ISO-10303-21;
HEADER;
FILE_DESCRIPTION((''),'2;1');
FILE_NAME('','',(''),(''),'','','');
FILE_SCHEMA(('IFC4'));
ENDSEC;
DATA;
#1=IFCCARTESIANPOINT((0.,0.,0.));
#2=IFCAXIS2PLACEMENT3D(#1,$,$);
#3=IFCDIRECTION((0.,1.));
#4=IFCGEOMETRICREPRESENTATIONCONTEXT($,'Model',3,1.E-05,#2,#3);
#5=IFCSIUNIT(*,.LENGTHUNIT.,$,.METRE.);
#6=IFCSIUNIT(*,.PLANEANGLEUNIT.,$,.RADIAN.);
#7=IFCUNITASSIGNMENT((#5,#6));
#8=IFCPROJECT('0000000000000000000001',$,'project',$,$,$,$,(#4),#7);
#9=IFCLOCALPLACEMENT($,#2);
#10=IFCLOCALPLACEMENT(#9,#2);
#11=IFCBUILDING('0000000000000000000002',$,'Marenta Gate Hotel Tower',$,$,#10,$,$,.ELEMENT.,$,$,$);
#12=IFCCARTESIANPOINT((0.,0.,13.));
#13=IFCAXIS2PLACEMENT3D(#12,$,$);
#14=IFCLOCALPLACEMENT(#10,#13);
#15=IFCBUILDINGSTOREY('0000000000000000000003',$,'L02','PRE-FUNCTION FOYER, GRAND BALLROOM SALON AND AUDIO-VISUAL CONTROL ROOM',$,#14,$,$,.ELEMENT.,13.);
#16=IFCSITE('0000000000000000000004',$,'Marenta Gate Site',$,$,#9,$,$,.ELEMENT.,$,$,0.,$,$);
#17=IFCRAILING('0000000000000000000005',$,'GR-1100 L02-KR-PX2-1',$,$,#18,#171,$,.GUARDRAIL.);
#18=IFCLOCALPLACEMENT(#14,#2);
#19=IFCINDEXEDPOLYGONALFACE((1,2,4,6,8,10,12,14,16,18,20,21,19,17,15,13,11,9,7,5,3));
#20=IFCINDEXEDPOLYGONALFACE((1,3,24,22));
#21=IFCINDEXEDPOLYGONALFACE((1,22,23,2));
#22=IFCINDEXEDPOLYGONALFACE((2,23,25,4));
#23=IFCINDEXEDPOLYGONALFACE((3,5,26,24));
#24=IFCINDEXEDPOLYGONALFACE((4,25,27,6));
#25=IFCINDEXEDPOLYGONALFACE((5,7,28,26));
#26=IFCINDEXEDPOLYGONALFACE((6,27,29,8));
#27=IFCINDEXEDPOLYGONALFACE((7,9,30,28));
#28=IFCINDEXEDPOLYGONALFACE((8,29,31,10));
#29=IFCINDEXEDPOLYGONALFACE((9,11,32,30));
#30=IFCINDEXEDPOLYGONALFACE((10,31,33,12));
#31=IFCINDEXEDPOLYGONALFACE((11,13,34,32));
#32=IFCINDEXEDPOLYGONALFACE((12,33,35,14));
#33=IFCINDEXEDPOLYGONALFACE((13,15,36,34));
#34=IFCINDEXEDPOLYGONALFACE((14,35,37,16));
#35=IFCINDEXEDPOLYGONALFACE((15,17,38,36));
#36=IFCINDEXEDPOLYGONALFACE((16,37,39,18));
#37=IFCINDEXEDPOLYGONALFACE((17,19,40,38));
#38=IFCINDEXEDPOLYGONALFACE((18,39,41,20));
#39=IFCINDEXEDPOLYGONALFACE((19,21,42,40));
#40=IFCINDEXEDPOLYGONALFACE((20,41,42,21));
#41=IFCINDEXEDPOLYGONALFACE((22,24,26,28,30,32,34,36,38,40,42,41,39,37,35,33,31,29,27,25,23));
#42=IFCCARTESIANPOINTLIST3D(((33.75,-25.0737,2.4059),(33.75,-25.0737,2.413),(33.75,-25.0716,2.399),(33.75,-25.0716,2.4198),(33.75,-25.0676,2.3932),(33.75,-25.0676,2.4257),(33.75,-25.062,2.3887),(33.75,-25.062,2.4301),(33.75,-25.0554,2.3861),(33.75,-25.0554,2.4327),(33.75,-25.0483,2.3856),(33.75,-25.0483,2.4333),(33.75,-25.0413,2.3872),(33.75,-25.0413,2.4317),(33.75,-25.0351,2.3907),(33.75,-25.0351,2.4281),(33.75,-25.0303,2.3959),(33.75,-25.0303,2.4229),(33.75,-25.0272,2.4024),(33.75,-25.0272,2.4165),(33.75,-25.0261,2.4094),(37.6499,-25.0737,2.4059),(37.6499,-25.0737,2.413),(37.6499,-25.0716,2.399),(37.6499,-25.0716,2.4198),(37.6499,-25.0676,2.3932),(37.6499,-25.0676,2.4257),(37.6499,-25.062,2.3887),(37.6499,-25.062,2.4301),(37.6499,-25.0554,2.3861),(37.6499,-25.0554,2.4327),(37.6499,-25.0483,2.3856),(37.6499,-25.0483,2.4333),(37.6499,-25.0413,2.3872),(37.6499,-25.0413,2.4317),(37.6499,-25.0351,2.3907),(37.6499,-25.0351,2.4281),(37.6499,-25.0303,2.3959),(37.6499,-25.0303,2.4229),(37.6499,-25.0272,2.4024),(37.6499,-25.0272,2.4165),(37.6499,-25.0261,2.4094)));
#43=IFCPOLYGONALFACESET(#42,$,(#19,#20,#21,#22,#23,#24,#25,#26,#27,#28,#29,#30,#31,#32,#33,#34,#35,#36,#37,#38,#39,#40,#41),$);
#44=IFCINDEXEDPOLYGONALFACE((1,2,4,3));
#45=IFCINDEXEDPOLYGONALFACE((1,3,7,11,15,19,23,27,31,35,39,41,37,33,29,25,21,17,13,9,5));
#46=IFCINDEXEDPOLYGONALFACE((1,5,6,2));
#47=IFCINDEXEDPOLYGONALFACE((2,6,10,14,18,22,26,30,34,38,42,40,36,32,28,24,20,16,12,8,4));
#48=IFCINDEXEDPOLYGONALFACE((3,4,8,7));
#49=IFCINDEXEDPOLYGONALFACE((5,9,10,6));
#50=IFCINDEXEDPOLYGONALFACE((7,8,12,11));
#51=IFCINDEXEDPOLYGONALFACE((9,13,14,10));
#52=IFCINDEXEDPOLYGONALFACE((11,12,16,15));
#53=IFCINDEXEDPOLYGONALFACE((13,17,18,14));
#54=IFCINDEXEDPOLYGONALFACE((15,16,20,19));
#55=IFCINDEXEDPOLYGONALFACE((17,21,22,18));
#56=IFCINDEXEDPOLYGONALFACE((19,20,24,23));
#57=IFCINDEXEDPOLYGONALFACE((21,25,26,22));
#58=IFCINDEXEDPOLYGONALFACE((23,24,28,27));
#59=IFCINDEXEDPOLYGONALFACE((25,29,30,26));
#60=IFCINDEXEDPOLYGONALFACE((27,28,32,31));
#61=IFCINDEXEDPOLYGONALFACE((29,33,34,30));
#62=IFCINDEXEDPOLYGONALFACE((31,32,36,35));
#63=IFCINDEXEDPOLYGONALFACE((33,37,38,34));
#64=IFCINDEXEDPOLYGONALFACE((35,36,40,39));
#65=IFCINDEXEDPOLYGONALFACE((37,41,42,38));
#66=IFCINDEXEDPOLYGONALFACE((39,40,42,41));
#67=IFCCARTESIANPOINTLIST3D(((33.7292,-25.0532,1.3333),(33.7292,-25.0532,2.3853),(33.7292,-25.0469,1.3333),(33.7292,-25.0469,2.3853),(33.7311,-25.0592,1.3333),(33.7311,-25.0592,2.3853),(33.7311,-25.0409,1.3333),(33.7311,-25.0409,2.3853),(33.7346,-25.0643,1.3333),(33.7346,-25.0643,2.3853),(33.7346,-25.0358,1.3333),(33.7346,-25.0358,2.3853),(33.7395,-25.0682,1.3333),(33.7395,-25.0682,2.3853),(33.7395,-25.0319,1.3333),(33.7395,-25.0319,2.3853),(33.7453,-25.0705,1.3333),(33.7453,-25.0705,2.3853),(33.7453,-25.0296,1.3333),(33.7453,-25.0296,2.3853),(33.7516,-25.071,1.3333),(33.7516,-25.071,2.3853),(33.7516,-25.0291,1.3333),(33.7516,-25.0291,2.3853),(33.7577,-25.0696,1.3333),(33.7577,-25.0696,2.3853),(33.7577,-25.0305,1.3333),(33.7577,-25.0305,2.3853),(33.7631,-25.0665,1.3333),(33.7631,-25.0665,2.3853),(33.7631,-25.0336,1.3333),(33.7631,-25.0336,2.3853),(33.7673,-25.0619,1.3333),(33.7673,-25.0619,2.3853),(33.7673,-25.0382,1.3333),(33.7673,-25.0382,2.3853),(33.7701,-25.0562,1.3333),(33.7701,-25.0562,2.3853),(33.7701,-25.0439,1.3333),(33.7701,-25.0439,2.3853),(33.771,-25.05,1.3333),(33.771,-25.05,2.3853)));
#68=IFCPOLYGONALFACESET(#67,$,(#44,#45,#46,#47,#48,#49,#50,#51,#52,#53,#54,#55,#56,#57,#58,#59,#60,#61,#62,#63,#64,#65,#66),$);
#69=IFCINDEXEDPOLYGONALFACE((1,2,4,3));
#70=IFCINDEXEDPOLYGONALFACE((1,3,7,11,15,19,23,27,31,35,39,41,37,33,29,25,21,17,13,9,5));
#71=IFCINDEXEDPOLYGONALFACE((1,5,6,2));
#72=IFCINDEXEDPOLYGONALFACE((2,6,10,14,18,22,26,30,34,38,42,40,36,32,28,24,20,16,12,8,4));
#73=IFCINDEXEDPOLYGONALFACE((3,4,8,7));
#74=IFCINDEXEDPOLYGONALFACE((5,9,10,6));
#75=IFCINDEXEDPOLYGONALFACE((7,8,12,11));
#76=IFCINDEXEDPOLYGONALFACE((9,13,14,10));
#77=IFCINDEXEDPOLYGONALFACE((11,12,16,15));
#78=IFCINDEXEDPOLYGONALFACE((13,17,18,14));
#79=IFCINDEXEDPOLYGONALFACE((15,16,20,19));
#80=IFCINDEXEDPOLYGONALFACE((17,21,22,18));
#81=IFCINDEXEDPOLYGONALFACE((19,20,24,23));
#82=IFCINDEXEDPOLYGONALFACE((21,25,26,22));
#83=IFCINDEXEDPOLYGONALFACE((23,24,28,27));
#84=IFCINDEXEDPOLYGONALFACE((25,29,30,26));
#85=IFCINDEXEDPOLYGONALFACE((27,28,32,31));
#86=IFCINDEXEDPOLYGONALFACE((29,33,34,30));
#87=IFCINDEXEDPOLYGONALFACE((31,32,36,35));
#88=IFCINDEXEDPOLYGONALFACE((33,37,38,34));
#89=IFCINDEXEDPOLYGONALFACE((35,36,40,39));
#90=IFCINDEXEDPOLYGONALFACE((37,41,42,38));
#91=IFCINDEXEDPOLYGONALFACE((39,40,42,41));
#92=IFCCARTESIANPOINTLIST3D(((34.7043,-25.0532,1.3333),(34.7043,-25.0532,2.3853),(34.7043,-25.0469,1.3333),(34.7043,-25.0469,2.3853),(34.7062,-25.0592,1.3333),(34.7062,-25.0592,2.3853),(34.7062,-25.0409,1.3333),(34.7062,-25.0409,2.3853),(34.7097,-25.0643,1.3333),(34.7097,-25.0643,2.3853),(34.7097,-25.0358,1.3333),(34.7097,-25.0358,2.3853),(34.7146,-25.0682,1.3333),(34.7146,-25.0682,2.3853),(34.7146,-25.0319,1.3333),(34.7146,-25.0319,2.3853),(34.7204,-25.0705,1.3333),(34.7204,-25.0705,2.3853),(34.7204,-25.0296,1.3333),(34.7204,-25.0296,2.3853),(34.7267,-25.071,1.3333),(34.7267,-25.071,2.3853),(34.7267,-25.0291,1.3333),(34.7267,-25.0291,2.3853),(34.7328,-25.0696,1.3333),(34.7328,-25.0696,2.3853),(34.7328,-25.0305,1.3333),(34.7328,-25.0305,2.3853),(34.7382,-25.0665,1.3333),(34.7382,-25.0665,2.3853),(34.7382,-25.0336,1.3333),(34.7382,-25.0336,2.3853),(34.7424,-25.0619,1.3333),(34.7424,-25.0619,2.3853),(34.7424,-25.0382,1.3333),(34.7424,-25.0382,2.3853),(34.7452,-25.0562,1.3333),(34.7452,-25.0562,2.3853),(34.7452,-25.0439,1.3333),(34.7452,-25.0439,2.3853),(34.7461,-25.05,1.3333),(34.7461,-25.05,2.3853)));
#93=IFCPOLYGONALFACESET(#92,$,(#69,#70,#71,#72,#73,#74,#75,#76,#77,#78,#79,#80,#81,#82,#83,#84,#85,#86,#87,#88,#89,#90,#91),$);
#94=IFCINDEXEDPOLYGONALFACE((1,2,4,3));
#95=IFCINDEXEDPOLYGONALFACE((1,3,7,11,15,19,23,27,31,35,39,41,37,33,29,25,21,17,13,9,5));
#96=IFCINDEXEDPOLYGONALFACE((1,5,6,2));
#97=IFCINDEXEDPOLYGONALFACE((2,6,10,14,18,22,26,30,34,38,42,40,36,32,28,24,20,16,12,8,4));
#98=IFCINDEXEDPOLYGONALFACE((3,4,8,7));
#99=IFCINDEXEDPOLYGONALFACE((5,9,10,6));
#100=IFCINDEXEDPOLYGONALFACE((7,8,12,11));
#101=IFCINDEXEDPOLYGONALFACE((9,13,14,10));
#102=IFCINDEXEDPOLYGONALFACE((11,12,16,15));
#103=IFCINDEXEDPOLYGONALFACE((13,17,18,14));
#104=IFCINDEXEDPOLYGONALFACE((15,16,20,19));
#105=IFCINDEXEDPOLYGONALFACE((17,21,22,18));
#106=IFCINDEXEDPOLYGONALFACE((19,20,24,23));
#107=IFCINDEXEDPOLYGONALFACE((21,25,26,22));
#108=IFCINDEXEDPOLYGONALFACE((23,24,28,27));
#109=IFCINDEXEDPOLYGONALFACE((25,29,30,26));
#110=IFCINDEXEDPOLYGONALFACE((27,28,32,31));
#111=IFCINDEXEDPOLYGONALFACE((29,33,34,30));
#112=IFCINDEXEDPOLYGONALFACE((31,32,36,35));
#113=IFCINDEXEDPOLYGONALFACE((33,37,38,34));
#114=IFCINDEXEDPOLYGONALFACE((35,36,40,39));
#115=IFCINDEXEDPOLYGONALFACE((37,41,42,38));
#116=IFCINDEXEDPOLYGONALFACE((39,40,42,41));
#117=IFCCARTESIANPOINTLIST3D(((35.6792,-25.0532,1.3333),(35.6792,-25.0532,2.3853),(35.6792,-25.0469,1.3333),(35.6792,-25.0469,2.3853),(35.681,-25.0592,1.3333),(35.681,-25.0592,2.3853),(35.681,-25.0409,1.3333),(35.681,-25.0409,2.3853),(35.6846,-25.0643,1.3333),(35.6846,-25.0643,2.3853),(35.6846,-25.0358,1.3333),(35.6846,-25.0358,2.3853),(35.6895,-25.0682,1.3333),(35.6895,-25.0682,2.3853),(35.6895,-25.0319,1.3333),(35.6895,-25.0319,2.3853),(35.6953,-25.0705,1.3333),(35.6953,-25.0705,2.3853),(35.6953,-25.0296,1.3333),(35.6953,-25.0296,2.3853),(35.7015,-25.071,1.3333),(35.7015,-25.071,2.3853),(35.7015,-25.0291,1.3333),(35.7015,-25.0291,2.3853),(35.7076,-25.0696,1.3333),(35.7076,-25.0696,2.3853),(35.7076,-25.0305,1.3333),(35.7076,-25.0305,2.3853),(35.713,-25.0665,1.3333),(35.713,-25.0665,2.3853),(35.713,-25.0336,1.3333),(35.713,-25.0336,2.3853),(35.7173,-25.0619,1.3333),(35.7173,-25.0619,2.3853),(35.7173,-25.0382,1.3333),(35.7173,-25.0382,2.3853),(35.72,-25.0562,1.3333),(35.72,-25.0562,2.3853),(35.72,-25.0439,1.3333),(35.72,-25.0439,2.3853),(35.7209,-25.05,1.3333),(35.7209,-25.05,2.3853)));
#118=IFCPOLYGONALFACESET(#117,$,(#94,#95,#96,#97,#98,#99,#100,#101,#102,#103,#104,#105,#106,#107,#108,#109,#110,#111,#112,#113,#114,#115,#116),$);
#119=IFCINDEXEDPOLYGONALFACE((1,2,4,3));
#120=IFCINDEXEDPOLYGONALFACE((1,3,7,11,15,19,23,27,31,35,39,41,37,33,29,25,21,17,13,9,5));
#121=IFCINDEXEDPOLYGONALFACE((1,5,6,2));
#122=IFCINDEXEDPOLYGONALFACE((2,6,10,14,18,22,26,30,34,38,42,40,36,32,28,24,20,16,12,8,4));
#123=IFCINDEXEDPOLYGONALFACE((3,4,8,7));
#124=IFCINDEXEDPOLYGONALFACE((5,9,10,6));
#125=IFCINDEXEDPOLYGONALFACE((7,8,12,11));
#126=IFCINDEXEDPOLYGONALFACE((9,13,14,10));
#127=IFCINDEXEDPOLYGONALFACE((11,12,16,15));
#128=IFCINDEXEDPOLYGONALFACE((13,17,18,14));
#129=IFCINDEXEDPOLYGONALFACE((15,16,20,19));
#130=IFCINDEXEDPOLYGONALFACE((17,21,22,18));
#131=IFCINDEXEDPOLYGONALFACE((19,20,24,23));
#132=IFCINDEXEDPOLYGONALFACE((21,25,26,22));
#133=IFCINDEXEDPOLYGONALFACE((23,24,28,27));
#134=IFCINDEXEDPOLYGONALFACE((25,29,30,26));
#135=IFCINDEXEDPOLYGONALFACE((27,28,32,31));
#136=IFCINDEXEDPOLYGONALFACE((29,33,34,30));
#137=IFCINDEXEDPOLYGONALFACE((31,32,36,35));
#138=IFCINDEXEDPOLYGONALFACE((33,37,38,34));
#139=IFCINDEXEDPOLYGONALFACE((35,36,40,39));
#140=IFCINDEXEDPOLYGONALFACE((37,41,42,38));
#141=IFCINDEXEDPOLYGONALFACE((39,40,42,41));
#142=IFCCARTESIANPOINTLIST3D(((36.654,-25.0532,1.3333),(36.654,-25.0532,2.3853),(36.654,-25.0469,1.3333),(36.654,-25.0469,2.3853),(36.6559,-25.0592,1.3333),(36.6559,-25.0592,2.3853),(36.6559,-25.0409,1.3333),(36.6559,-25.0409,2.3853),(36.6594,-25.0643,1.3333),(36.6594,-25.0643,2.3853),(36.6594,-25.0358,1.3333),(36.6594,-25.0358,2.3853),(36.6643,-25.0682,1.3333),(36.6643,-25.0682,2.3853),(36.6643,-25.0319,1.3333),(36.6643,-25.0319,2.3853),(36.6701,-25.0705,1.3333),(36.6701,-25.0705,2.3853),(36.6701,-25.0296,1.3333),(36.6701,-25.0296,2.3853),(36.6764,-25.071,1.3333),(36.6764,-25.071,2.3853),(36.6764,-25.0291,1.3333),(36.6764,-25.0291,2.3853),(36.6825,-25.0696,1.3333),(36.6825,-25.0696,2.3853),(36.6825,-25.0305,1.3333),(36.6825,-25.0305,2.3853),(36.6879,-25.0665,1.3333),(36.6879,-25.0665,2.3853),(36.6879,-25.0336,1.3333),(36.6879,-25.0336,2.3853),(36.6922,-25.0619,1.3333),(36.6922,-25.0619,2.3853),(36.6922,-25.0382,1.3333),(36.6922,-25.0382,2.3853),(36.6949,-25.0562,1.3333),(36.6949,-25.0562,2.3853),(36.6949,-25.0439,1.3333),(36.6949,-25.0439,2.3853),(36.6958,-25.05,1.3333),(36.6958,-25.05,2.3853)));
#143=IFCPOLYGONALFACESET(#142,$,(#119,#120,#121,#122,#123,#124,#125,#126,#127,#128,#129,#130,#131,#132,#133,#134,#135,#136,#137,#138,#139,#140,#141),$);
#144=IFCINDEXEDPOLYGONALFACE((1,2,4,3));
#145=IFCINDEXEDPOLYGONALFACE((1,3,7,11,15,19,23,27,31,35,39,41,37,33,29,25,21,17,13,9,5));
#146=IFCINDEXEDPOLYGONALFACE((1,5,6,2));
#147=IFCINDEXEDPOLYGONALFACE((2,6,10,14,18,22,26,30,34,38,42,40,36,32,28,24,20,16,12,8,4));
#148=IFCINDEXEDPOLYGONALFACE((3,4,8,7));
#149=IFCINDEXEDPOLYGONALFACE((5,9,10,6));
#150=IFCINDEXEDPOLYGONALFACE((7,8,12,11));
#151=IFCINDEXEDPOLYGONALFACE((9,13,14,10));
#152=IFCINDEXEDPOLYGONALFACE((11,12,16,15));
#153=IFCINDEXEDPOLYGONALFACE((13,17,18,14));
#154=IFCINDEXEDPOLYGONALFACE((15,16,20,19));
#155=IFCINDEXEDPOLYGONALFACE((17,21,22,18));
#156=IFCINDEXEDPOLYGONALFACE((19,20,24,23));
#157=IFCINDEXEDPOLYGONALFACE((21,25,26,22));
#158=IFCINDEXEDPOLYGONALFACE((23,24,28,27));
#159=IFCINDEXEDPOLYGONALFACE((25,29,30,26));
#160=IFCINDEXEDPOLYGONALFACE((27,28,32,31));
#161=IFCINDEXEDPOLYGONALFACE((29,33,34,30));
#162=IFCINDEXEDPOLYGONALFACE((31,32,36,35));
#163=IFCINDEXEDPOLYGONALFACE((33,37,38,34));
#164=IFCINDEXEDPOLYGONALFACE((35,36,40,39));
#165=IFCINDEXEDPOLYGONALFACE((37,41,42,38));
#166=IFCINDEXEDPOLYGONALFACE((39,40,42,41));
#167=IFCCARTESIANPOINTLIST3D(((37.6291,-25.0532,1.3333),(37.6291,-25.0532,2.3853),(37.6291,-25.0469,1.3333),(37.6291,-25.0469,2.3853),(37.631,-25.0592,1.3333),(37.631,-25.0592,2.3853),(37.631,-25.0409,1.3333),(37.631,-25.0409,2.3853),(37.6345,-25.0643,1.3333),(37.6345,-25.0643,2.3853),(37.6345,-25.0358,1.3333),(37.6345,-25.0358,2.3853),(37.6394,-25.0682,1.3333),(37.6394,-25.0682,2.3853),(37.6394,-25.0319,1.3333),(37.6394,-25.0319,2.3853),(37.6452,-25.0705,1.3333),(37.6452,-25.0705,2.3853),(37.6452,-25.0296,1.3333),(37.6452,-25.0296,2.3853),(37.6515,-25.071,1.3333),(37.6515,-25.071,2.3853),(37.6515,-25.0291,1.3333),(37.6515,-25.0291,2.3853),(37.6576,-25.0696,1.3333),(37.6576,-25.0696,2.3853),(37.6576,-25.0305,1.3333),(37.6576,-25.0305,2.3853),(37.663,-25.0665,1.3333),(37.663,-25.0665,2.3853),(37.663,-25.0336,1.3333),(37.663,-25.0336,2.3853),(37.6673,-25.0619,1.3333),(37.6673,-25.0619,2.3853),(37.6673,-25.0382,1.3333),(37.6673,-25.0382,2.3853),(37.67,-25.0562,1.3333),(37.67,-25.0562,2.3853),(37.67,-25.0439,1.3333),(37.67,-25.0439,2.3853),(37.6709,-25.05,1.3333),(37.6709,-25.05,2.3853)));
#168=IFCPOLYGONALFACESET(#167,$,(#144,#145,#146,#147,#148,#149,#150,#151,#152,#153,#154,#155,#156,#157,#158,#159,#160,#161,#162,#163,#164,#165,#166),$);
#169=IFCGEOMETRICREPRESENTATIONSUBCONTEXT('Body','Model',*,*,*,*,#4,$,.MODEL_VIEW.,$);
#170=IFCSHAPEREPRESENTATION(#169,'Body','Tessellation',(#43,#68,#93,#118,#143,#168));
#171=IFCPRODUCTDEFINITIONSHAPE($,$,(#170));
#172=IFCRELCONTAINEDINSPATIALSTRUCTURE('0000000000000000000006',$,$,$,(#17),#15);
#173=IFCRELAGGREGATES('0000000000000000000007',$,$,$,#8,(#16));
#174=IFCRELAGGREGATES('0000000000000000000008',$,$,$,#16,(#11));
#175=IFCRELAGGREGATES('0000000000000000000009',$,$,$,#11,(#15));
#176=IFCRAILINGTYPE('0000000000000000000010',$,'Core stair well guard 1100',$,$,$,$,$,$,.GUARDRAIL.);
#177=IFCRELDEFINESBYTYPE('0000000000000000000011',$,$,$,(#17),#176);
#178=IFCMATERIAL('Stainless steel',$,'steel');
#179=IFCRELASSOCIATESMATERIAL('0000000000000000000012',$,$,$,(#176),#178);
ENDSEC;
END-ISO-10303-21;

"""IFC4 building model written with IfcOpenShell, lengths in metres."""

from ifc_helpers import new_model, si_unit, direction, frame, origin, origin_2d, place, context, subcontext, project, spatial, circle, extrude, material, type_object, element, save


model = new_model("IFC4")

# Units and contexts
model_context = context("Model", 3, precision=1e-05, world=origin(), true_north=direction((0.0, 1.0)))
body_context = subcontext(model_context, "Body", "Model", "MODEL_VIEW")
ifc_project = project(units=[si_unit("LENGTHUNIT", "METRE"), si_unit("PLANEANGLEUNIT", "RADIAN")], contexts=[model_context])

# Site, building, storey
site_placement = place(None, origin())
site = spatial("IfcSite", under=ifc_project, at=site_placement, Name="Marenta Gate Site", CompositionType="ELEMENT", RefElevation=0.0)
building_placement = place(site_placement, origin())
building = spatial("IfcBuilding", under=site, at=building_placement, Name="Marenta Gate Hotel Tower", CompositionType="ELEMENT")
storey_placement = place(building_placement, frame((0.0, 0.0, 13.0)))
storey = spatial("IfcBuildingStorey", under=building, at=storey_placement, Name="L02", Description="PRE-FUNCTION FOYER, GRAND BALLROOM SALON AND AUDIO-VISUAL CONTROL ROOM", CompositionType="ELEMENT", Elevation=13.0)

# Railing
ifc_material_1 = material(Name="Stainless steel", Category="steel")
railing_type_1 = type_object("IfcRailingType", Name="Core stair well guard 1100", PredefinedType="GUARDRAIL", material=ifc_material_1)
railing_1_placement = place(storey_placement, frame((33.75, -25.05, 1.3333)))
element("IfcRailing", 1, at=railing_1_placement, inside=storey, type_object=railing_type_1, Name="GR-1100 L02-KR-PX2-1", PredefinedType="GUARDRAIL", context=body_context, shape_type="SweptSolid", body=[
    extrude(circle(Radius=0.0239, at=origin_2d()), frame((0.0, 0.0, 1.0762), z_axis=(1.0, 0.0, 0.0), x_axis=(0.0, 1.0, 0.0)), (0.0, 0.0, 1.0), 3.8999),
    extrude(circle(Radius=0.021, at=origin_2d()), origin(), (0.0, 0.0, 1.0), 1.052),
    extrude(circle(Radius=0.021, at=origin_2d()), frame((0.9751, 0.0, 0.0)), (0.0, 0.0, 1.0), 1.052),
    extrude(circle(Radius=0.021, at=origin_2d()), frame((1.95, 0.0, 0.0)), (0.0, 0.0, 1.0), 1.052),
    extrude(circle(Radius=0.021, at=origin_2d()), frame((2.9248, 0.0, 0.0)), (0.0, 0.0, 1.0), 1.052),
    extrude(circle(Radius=0.021, at=origin_2d()), frame((3.8999, 0.0, 0.0)), (0.0, 0.0, 1.0), 1.052),
])

save(model, "model.ifc")
